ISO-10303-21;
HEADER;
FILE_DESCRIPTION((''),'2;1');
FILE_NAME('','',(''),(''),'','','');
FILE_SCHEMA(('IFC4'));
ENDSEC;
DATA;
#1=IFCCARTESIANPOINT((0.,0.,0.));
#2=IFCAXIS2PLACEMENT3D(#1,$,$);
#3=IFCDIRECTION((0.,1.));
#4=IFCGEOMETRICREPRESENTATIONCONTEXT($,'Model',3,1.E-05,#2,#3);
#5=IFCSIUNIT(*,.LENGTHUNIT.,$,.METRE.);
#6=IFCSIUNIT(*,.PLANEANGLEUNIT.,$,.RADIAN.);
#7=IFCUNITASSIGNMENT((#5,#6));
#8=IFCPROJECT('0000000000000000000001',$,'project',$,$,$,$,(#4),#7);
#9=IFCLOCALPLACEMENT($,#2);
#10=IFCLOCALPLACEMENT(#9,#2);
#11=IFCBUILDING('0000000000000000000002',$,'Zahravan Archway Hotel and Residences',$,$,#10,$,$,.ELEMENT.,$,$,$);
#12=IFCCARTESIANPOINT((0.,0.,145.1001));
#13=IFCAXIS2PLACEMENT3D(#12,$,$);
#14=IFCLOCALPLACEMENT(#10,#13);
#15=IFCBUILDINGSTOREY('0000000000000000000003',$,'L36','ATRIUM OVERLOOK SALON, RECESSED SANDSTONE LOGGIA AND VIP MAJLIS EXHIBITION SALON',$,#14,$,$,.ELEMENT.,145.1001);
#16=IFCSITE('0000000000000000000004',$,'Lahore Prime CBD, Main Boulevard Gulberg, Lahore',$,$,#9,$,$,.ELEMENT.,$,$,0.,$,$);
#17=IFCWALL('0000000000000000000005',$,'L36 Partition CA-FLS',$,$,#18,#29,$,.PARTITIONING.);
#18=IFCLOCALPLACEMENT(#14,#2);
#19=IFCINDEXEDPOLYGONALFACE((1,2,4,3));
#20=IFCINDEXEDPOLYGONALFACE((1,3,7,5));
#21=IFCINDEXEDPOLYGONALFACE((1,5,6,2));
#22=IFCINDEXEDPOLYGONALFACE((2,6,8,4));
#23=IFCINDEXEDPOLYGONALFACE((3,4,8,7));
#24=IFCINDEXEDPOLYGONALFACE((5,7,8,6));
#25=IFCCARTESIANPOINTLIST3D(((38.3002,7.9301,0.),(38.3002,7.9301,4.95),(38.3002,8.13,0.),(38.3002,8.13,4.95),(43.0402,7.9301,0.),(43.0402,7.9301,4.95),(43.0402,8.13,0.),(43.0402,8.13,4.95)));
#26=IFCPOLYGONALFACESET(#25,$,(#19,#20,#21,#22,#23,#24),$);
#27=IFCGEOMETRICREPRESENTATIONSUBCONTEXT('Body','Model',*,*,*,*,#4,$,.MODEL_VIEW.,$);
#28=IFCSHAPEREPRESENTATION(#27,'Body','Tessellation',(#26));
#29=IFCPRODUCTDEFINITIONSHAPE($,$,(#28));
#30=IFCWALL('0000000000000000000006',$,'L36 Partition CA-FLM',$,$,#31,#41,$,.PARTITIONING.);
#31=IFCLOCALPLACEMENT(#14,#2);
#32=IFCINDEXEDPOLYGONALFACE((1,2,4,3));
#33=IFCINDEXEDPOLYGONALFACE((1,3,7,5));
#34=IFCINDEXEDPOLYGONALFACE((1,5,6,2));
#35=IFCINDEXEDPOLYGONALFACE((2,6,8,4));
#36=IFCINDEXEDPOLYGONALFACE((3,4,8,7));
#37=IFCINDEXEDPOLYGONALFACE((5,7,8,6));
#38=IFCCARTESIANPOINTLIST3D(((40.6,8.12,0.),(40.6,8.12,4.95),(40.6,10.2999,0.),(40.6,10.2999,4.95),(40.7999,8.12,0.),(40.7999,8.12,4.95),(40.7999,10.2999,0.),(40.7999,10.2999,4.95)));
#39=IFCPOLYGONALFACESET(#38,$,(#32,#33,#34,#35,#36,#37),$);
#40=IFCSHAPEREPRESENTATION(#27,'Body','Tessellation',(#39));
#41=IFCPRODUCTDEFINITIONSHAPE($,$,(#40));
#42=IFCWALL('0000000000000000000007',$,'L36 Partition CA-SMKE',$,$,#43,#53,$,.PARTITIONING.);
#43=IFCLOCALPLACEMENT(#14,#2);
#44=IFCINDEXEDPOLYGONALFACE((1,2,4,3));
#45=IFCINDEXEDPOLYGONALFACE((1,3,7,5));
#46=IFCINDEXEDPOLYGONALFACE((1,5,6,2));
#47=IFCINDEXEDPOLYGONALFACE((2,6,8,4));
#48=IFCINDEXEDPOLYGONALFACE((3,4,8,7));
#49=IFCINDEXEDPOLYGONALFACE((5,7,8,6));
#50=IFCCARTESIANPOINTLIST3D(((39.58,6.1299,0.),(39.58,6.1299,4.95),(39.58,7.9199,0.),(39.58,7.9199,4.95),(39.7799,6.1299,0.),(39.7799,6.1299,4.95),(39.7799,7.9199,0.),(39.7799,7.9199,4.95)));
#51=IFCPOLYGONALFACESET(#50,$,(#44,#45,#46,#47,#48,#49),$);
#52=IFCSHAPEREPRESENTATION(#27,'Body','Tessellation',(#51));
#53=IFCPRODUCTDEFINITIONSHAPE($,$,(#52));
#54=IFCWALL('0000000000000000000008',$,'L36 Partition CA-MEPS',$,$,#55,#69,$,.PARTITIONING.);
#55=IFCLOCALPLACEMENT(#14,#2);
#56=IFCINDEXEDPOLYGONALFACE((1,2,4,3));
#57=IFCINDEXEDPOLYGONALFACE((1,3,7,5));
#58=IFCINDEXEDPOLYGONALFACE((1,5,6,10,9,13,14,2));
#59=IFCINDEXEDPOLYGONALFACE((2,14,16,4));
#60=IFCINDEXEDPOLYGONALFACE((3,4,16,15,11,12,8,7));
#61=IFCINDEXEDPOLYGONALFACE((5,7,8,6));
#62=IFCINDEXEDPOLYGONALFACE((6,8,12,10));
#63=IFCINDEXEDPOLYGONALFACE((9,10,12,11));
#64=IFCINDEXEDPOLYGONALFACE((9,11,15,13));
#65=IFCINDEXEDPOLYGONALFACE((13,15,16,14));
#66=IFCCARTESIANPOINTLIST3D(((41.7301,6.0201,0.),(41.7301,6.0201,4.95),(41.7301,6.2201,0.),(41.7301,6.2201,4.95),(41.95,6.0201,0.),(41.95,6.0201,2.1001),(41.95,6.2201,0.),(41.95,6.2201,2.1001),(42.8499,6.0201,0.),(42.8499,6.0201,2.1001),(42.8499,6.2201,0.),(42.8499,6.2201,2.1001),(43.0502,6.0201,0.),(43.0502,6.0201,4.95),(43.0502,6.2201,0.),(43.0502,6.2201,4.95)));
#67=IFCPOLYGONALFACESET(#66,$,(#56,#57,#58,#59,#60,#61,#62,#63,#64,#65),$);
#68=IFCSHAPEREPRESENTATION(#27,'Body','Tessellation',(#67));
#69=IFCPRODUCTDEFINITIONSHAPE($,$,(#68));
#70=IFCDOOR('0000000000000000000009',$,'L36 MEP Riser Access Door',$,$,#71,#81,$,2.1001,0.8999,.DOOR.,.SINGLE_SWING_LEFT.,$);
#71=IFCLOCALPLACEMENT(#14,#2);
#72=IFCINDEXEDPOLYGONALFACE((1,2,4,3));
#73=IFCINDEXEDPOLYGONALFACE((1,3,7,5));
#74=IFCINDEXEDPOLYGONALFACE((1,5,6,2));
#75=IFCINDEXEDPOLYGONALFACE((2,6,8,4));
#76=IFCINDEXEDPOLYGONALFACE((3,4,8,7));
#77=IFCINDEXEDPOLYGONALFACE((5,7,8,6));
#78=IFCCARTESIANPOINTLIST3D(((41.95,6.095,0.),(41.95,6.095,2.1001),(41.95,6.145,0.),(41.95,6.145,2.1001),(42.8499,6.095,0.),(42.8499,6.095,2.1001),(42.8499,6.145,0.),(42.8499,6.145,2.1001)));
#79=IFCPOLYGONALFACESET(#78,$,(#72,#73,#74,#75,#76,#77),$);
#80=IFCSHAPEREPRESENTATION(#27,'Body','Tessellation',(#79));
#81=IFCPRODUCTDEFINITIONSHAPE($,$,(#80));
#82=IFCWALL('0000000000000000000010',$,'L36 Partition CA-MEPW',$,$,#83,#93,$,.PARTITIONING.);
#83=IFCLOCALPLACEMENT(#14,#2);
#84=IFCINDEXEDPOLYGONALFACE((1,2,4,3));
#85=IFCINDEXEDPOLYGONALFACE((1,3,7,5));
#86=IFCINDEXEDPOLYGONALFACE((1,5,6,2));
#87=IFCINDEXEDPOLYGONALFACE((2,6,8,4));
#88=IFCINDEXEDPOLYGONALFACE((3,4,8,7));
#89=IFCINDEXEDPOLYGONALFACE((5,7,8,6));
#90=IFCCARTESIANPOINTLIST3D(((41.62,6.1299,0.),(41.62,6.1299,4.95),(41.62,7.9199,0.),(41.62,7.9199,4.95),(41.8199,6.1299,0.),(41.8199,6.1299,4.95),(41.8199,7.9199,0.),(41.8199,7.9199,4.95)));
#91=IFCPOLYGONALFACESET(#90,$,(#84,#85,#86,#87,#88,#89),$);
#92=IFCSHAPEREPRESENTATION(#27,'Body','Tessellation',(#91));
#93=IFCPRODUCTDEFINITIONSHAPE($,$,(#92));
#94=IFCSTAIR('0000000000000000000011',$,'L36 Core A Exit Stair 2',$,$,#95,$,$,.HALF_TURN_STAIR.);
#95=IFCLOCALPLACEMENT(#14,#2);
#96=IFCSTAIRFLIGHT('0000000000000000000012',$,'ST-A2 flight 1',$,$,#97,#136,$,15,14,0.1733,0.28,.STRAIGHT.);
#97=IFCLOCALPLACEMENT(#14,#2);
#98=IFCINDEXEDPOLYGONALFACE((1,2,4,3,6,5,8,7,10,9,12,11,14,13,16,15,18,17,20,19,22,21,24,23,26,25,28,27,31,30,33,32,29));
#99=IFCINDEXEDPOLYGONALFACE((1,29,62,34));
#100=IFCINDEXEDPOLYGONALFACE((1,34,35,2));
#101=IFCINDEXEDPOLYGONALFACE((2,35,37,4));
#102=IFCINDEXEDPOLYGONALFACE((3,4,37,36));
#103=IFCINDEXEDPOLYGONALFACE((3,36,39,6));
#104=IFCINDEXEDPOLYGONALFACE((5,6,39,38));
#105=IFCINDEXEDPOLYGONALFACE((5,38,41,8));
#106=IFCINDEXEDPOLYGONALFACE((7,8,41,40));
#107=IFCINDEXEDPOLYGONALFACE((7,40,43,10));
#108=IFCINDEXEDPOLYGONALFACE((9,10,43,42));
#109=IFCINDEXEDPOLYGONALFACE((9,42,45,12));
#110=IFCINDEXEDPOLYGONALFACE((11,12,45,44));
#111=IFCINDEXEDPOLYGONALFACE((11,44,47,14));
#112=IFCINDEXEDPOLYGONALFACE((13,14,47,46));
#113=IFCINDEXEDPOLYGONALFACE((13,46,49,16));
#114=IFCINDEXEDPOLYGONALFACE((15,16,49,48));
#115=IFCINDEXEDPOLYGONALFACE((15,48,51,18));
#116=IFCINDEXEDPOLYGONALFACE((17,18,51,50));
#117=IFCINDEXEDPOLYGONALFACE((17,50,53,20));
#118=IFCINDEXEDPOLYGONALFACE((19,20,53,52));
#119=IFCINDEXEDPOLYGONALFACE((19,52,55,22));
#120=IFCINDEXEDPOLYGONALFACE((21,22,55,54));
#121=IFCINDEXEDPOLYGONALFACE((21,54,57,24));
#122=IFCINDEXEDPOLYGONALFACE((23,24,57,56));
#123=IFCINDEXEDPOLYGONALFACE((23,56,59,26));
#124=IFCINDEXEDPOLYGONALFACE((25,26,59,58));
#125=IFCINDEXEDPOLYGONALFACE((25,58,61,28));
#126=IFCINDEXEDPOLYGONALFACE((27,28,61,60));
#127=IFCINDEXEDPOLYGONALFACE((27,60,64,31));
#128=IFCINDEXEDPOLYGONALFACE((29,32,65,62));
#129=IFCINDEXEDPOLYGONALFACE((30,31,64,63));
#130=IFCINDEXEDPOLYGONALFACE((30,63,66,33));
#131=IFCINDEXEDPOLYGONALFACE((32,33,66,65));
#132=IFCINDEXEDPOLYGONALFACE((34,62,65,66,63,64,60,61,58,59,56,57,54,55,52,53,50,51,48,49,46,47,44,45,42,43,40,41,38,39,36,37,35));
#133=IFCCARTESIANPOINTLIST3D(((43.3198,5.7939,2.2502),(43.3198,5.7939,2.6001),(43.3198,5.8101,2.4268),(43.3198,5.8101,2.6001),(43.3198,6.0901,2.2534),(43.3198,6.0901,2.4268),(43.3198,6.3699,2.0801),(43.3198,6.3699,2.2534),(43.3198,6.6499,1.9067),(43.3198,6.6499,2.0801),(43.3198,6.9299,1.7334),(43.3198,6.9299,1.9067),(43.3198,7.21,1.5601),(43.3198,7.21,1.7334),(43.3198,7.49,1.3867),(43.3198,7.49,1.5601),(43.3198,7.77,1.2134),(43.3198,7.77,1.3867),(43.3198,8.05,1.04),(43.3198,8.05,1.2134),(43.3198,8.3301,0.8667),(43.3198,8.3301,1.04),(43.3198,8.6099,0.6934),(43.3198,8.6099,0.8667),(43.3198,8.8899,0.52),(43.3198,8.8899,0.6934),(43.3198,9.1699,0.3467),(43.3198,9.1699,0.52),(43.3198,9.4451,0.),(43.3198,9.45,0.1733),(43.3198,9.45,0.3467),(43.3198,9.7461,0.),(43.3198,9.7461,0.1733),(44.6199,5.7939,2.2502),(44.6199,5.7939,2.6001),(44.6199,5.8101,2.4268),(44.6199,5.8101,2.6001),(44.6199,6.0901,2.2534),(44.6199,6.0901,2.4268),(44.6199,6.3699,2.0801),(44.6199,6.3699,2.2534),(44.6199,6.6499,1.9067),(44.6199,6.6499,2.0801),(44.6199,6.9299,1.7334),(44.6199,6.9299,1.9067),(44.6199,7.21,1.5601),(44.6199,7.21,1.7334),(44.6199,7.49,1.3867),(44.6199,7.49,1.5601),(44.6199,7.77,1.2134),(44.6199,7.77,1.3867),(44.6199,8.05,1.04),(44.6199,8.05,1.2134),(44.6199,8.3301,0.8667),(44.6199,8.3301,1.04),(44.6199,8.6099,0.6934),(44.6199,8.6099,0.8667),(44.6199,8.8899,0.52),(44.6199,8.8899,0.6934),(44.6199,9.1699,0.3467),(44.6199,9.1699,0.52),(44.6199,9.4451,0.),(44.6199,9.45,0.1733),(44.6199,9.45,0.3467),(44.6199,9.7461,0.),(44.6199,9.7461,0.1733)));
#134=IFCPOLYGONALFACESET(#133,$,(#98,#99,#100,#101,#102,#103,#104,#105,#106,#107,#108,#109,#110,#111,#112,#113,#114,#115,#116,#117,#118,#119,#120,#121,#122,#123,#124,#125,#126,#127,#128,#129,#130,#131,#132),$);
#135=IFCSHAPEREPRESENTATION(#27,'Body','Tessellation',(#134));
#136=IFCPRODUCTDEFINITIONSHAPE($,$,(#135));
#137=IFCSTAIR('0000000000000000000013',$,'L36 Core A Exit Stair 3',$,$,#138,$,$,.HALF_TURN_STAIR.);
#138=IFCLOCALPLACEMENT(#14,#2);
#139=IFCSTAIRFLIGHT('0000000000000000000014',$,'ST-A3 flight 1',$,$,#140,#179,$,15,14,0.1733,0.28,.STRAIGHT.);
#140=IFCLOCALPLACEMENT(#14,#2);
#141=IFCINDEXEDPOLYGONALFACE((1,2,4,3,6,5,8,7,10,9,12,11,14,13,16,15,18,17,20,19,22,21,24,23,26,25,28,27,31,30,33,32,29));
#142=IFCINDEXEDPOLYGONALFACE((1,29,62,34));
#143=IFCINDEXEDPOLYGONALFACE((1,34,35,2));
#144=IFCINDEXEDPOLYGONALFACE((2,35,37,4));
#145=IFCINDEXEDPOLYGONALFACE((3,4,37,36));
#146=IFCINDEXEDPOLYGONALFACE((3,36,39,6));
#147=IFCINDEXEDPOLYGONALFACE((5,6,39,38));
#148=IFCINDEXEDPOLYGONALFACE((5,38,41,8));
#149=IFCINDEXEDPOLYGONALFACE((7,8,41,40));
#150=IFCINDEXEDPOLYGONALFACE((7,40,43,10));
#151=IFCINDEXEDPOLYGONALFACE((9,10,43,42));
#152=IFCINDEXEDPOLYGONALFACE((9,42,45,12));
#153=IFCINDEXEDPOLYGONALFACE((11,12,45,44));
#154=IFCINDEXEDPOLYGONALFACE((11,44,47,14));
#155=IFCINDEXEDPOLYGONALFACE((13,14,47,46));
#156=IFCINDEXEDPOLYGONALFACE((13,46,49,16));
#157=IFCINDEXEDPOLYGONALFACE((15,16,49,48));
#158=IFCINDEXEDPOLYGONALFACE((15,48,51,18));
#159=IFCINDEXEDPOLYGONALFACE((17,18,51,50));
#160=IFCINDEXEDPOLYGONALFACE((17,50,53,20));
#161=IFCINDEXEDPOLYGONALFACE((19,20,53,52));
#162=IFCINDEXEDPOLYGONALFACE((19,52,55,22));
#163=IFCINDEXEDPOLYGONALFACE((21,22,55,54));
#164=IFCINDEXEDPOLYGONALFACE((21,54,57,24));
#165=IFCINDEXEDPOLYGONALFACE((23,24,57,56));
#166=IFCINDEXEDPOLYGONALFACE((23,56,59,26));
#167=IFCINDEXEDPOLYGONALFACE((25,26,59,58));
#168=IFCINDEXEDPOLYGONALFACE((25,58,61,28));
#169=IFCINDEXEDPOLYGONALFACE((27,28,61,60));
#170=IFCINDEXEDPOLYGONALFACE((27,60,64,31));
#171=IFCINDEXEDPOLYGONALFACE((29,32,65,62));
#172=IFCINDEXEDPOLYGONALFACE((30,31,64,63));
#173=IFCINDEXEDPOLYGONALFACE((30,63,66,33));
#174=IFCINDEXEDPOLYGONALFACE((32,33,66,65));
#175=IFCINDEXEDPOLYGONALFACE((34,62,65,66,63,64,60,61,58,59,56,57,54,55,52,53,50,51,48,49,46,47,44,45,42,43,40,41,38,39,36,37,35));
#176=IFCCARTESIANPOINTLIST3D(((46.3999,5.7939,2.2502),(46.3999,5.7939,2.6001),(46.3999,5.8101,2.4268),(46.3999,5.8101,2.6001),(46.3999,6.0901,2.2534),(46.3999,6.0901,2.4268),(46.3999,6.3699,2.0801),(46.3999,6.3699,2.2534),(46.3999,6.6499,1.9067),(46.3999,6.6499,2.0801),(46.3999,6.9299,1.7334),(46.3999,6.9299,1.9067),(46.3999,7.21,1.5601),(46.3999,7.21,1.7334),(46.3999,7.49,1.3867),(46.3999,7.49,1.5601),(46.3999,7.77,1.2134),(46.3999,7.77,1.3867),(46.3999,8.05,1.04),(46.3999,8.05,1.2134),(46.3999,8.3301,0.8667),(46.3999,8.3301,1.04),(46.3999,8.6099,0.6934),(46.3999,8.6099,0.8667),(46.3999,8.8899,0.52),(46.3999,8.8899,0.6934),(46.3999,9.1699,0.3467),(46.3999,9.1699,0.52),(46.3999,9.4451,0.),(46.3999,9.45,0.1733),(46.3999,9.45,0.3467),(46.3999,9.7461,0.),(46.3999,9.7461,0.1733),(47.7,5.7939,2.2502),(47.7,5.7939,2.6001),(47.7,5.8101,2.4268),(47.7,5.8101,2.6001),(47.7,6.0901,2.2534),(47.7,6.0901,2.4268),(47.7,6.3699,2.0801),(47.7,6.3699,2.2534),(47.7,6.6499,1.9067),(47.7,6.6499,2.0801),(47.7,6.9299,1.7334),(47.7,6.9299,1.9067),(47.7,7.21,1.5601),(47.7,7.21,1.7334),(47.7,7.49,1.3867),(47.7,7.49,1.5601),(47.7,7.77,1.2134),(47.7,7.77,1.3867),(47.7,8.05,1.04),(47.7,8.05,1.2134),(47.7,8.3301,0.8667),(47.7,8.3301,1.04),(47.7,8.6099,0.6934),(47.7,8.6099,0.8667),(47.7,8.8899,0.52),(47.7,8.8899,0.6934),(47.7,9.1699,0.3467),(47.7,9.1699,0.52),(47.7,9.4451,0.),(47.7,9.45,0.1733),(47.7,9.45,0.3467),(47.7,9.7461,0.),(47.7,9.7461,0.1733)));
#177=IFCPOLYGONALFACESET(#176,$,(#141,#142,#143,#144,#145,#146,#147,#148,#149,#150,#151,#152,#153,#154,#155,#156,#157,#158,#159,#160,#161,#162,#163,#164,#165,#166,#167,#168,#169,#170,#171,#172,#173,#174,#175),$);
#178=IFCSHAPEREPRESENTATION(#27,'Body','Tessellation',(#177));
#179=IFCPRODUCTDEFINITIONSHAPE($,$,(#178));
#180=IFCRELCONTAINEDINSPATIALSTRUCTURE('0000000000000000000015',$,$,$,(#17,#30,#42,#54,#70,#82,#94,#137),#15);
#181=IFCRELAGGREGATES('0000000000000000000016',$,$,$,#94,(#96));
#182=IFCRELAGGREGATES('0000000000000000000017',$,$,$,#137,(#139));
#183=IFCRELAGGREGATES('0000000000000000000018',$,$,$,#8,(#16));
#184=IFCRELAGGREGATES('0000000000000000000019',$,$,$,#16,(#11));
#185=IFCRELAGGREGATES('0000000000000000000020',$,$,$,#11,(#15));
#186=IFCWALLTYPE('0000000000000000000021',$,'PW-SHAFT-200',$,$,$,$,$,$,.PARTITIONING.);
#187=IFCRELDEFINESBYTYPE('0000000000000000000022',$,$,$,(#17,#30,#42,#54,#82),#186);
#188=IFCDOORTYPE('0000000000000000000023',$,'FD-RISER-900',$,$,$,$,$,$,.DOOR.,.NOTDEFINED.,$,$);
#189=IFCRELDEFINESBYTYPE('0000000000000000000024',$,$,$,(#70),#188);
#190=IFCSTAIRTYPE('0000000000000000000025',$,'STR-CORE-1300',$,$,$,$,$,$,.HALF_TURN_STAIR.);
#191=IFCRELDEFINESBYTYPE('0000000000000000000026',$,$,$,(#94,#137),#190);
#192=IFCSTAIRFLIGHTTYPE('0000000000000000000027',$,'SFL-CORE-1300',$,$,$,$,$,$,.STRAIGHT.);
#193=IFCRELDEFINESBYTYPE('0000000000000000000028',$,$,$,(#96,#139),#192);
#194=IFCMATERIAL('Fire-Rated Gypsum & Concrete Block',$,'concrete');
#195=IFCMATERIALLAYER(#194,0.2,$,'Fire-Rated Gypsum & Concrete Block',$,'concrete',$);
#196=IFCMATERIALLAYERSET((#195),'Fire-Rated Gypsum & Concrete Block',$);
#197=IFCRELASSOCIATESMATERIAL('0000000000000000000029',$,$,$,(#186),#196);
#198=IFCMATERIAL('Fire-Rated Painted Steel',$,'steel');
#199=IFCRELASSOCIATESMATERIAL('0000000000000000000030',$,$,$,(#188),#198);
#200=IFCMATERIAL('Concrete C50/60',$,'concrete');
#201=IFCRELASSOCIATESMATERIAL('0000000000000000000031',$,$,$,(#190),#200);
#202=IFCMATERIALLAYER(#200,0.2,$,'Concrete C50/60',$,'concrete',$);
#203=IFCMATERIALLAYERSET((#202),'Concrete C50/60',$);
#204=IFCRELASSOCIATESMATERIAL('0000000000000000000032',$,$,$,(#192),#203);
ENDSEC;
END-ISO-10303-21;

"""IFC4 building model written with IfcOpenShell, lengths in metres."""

from ifc_helpers import new_model, si_unit, direction, frame, frame_2d, origin, place, context, subcontext, project, spatial, polyline, rectangle, outline, extrude, source, transform, mapped, material, layer, layer_set, type_object, type_shapes, element, fill, aggregate, save


model = new_model("IFC4")

# Units and contexts
model_context = context("Model", 3, precision=1e-05, world=origin(), true_north=direction((0.0, 1.0)))
body_context = subcontext(model_context, "Body", "Model", "MODEL_VIEW")
ifc_project = project(units=[si_unit("LENGTHUNIT", "METRE"), si_unit("PLANEANGLEUNIT", "RADIAN")], contexts=[model_context])

# Site, building, storey
site_placement = place(None, origin())
site = spatial("IfcSite", under=ifc_project, at=site_placement, Name="Lahore Prime CBD, Main Boulevard Gulberg, Lahore", CompositionType="ELEMENT", RefElevation=0.0)
building_placement = place(site_placement, origin())
building = spatial("IfcBuilding", under=site, at=building_placement, Name="Zahravan Archway Hotel and Residences", CompositionType="ELEMENT")
storey_placement = place(building_placement, frame((0.0, 0.0, 145.1001)))
storey = spatial("IfcBuildingStorey", under=building, at=storey_placement, Name="L36", Description="ATRIUM OVERLOOK SALON, RECESSED SANDSTONE LOGGIA AND VIP MAJLIS EXHIBITION SALON", CompositionType="ELEMENT", Elevation=145.1001)

# Walls
ifc_material_1 = material(Name="Fire-Rated Gypsum & Concrete Block", Category="concrete")
ifc_layer_1 = layer(ifc_material_1, 0.2, Name="Fire-Rated Gypsum & Concrete Block", Category="concrete")
ifc_layer_set_1 = layer_set([ifc_layer_1], Name="Fire-Rated Gypsum & Concrete Block")
wall_type = type_object("IfcWallType", Name="PW-SHAFT-200", PredefinedType="PARTITIONING", material=ifc_layer_set_1)
wall_1_placement = place(storey_placement, frame((38.3, 8.03, 0.0), z_axis=(0.0, 0.0, 1.0), x_axis=(1.0, 0.0, 0.0)))
element("IfcWall", 1, at=wall_1_placement, inside=storey, type_object=wall_type, Name="L36 Partition CA-FLS", PredefinedType="PARTITIONING", context=body_context, shape_type="SweptSolid", body=[
    extrude(rectangle(XDim=4.74, YDim=0.2, at=frame_2d((2.3701, 0.0))), origin(), (0.0, 0.0, 1.0), 4.95),
])
wall_2_placement = place(storey_placement, frame((40.7, 8.1201, 0.0), z_axis=(0.0, 0.0, 1.0), x_axis=(0.0, 1.0, 0.0)))
element("IfcWall", 2, at=wall_2_placement, inside=storey, type_object=wall_type, Name="L36 Partition CA-FLM", PredefinedType="PARTITIONING", context=body_context, shape_type="SweptSolid", body=[
    extrude(rectangle(XDim=2.1799, YDim=0.2, at=frame_2d((1.0898, 0.0))), origin(), (0.0, 0.0, 1.0), 4.95),
])
wall_3_placement = place(storey_placement, frame((39.6799, 6.1299, 0.0), z_axis=(0.0, 0.0, 1.0), x_axis=(0.0, 1.0, 0.0)))
element("IfcWall", 3, at=wall_3_placement, inside=storey, type_object=wall_type, Name="L36 Partition CA-SMKE", PredefinedType="PARTITIONING", context=body_context, shape_type="SweptSolid", body=[
    extrude(rectangle(XDim=1.79, YDim=0.2, at=frame_2d((0.895, 0.0))), origin(), (0.0, 0.0, 1.0), 4.95),
])

# Wall, opening, door
wall_4_placement = place(storey_placement, frame((41.73, 6.1201, 0.0), z_axis=(0.0, 0.0, 1.0), x_axis=(1.0, 0.0, 0.0)))
wall_4 = element("IfcWall", 4, at=wall_4_placement, inside=storey, type_object=wall_type, Name="L36 Partition CA-MEPS", PredefinedType="PARTITIONING", context=body_context, shape_type="SweptSolid", body=[
    extrude(rectangle(XDim=1.3201, YDim=0.2, at=frame_2d((0.6602, 0.0))), origin(), (0.0, 0.0, 1.0), 4.95),
])
opening_placement = place(wall_4_placement, frame((0.22, 0.0, 0.0)))
opening = element("IfcOpeningElement", 5, at=opening_placement, cuts=wall_4, PredefinedType="OPENING", context=body_context, shape_type="SweptSolid", body=[
    extrude(rectangle(XDim=0.8999, YDim=2.1001, at=frame_2d((0.45, 1.05))), frame((0.0, 0.1099, 0.0), z_axis=(0.0, -1.0, 0.0), x_axis=(1.0, 0.0, 0.0)), (0.0, 0.0, 1.0), 0.22),
])
ifc_material_2 = material(Name="Fire-Rated Painted Steel", Category="steel")
door_type = type_object("IfcDoorType", Name="FD-RISER-900", OperationType="NOTDEFINED", PredefinedType="DOOR", material=ifc_material_2)
shared_shape_1 = source(origin(), body_context, "Body", "SweptSolid", [
    extrude(rectangle(XDim=0.8999, YDim=2.1001, at=frame_2d((0.45, 1.05))), frame((0.0, 0.0249, 0.0), z_axis=(0.0, -1.0, 0.0), x_axis=(1.0, 0.0, 0.0)), (0.0, 0.0, 1.0), 0.05),
])
type_shapes(door_type, [shared_shape_1])
door_placement = place(opening_placement, origin())
door = element("IfcDoor", 6, at=door_placement, inside=storey, type_object=door_type, Name="L36 MEP Riser Access Door", OperationType="SINGLE_SWING_LEFT", OverallHeight=2.1001, OverallWidth=0.8999, PredefinedType="DOOR", context=body_context, shape_type="MappedRepresentation", body=[
    mapped(shared_shape_1, transform((0.0, 0.0, 0.0), scale=1.0)),
])
fill(opening, door)

# Wall
wall_5_placement = place(storey_placement, frame((41.72, 6.1299, 0.0), z_axis=(0.0, 0.0, 1.0), x_axis=(0.0, 1.0, 0.0)))
element("IfcWall", 7, at=wall_5_placement, inside=storey, type_object=wall_type, Name="L36 Partition CA-MEPW", PredefinedType="PARTITIONING", context=body_context, shape_type="SweptSolid", body=[
    extrude(rectangle(XDim=1.79, YDim=0.2, at=frame_2d((0.895, 0.0))), origin(), (0.0, 0.0, 1.0), 4.95),
])

# Stairs, stair flights
ifc_material_3 = material(Name="Concrete C50/60", Category="concrete")
stair_type = type_object("IfcStairType", Name="STR-CORE-1300", PredefinedType="HALF_TURN_STAIR", material=ifc_material_3)
stair_1_placement = place(storey_placement, origin())
stair_1 = element("IfcStair", 8, at=stair_1_placement, inside=storey, type_object=stair_type, Name="L36 Core A Exit Stair 2", PredefinedType="HALF_TURN_STAIR")
ifc_layer_2 = layer(ifc_material_3, 0.2, Name="Concrete C50/60", Category="concrete")
ifc_layer_set_2 = layer_set([ifc_layer_2], Name="Concrete C50/60")
stair_flight_type = type_object("IfcStairFlightType", Name="SFL-CORE-1300", PredefinedType="STRAIGHT", material=ifc_layer_set_2)
shared_shape_2 = source(origin(), body_context, "Body", "SweptSolid", [
    extrude(outline(polyline([(-0.0161, 0.0), (-0.0161, 0.1733), (0.28, 0.1733), (0.28, 0.3467), (0.5601, 0.3467), (0.5601, 0.52), (0.8401, 0.52), (0.8401, 0.6934), (1.1201, 0.6934), (1.1201, 0.8667), (1.3999, 0.8667), (1.3999, 1.04), (1.6799, 1.04), (1.6799, 1.2134), (1.96, 1.2134), (1.96, 1.3867), (2.24, 1.3867), (2.24, 1.5601), (2.52, 1.5601), (2.52, 1.7334), (2.8, 1.7334), (2.8, 1.9067), (3.0801, 1.9067), (3.0801, 2.0801), (3.3601, 2.0801), (3.3601, 2.2534), (3.6399, 2.2534), (3.6399, 2.4268), (3.9199, 2.4268), (3.9199, 2.6001), (3.936, 2.6001), (3.936, 2.2502), (0.2849, 0.0), (-0.0161, 0.0)])), frame((0.0, 0.6499, 0.0), z_axis=(0.0, -1.0, 0.0), x_axis=(1.0, 0.0, 0.0)), (0.0, 0.0, 1.0), 1.3),
])
stair_flight_1_placement = place(storey_placement, frame((43.97, 9.73, 0.0), z_axis=(0.0, 0.0, 1.0), x_axis=(0.0, -1.0, 0.0)))
stair_flight_1 = element("IfcStairFlight", 9, at=stair_flight_1_placement, type_object=stair_flight_type, Name="ST-A2 flight 1", NumberOfRisers=15, NumberOfTreads=14, PredefinedType="STRAIGHT", RiserHeight=0.1733, TreadLength=0.28, context=body_context, shape_type="MappedRepresentation", body=[
    mapped(shared_shape_2, transform((0.0, 0.0, 0.0), scale=1.0)),
])
aggregate(stair_1, [stair_flight_1])
stair_2_placement = place(storey_placement, origin())
stair_2 = element("IfcStair", 10, at=stair_2_placement, inside=storey, type_object=stair_type, Name="L36 Core A Exit Stair 3", PredefinedType="HALF_TURN_STAIR")
stair_flight_2_placement = place(storey_placement, frame((47.05, 9.73, 0.0), z_axis=(0.0, 0.0, 1.0), x_axis=(0.0, -1.0, 0.0)))
stair_flight_2 = element("IfcStairFlight", 11, at=stair_flight_2_placement, type_object=stair_flight_type, Name="ST-A3 flight 1", NumberOfRisers=15, NumberOfTreads=14, PredefinedType="STRAIGHT", RiserHeight=0.1733, TreadLength=0.28, context=body_context, shape_type="MappedRepresentation", body=[
    mapped(shared_shape_2, transform((0.0, 0.0, 0.0), scale=1.0)),
])
aggregate(stair_2, [stair_flight_2])

save(model, "model.ifc")
